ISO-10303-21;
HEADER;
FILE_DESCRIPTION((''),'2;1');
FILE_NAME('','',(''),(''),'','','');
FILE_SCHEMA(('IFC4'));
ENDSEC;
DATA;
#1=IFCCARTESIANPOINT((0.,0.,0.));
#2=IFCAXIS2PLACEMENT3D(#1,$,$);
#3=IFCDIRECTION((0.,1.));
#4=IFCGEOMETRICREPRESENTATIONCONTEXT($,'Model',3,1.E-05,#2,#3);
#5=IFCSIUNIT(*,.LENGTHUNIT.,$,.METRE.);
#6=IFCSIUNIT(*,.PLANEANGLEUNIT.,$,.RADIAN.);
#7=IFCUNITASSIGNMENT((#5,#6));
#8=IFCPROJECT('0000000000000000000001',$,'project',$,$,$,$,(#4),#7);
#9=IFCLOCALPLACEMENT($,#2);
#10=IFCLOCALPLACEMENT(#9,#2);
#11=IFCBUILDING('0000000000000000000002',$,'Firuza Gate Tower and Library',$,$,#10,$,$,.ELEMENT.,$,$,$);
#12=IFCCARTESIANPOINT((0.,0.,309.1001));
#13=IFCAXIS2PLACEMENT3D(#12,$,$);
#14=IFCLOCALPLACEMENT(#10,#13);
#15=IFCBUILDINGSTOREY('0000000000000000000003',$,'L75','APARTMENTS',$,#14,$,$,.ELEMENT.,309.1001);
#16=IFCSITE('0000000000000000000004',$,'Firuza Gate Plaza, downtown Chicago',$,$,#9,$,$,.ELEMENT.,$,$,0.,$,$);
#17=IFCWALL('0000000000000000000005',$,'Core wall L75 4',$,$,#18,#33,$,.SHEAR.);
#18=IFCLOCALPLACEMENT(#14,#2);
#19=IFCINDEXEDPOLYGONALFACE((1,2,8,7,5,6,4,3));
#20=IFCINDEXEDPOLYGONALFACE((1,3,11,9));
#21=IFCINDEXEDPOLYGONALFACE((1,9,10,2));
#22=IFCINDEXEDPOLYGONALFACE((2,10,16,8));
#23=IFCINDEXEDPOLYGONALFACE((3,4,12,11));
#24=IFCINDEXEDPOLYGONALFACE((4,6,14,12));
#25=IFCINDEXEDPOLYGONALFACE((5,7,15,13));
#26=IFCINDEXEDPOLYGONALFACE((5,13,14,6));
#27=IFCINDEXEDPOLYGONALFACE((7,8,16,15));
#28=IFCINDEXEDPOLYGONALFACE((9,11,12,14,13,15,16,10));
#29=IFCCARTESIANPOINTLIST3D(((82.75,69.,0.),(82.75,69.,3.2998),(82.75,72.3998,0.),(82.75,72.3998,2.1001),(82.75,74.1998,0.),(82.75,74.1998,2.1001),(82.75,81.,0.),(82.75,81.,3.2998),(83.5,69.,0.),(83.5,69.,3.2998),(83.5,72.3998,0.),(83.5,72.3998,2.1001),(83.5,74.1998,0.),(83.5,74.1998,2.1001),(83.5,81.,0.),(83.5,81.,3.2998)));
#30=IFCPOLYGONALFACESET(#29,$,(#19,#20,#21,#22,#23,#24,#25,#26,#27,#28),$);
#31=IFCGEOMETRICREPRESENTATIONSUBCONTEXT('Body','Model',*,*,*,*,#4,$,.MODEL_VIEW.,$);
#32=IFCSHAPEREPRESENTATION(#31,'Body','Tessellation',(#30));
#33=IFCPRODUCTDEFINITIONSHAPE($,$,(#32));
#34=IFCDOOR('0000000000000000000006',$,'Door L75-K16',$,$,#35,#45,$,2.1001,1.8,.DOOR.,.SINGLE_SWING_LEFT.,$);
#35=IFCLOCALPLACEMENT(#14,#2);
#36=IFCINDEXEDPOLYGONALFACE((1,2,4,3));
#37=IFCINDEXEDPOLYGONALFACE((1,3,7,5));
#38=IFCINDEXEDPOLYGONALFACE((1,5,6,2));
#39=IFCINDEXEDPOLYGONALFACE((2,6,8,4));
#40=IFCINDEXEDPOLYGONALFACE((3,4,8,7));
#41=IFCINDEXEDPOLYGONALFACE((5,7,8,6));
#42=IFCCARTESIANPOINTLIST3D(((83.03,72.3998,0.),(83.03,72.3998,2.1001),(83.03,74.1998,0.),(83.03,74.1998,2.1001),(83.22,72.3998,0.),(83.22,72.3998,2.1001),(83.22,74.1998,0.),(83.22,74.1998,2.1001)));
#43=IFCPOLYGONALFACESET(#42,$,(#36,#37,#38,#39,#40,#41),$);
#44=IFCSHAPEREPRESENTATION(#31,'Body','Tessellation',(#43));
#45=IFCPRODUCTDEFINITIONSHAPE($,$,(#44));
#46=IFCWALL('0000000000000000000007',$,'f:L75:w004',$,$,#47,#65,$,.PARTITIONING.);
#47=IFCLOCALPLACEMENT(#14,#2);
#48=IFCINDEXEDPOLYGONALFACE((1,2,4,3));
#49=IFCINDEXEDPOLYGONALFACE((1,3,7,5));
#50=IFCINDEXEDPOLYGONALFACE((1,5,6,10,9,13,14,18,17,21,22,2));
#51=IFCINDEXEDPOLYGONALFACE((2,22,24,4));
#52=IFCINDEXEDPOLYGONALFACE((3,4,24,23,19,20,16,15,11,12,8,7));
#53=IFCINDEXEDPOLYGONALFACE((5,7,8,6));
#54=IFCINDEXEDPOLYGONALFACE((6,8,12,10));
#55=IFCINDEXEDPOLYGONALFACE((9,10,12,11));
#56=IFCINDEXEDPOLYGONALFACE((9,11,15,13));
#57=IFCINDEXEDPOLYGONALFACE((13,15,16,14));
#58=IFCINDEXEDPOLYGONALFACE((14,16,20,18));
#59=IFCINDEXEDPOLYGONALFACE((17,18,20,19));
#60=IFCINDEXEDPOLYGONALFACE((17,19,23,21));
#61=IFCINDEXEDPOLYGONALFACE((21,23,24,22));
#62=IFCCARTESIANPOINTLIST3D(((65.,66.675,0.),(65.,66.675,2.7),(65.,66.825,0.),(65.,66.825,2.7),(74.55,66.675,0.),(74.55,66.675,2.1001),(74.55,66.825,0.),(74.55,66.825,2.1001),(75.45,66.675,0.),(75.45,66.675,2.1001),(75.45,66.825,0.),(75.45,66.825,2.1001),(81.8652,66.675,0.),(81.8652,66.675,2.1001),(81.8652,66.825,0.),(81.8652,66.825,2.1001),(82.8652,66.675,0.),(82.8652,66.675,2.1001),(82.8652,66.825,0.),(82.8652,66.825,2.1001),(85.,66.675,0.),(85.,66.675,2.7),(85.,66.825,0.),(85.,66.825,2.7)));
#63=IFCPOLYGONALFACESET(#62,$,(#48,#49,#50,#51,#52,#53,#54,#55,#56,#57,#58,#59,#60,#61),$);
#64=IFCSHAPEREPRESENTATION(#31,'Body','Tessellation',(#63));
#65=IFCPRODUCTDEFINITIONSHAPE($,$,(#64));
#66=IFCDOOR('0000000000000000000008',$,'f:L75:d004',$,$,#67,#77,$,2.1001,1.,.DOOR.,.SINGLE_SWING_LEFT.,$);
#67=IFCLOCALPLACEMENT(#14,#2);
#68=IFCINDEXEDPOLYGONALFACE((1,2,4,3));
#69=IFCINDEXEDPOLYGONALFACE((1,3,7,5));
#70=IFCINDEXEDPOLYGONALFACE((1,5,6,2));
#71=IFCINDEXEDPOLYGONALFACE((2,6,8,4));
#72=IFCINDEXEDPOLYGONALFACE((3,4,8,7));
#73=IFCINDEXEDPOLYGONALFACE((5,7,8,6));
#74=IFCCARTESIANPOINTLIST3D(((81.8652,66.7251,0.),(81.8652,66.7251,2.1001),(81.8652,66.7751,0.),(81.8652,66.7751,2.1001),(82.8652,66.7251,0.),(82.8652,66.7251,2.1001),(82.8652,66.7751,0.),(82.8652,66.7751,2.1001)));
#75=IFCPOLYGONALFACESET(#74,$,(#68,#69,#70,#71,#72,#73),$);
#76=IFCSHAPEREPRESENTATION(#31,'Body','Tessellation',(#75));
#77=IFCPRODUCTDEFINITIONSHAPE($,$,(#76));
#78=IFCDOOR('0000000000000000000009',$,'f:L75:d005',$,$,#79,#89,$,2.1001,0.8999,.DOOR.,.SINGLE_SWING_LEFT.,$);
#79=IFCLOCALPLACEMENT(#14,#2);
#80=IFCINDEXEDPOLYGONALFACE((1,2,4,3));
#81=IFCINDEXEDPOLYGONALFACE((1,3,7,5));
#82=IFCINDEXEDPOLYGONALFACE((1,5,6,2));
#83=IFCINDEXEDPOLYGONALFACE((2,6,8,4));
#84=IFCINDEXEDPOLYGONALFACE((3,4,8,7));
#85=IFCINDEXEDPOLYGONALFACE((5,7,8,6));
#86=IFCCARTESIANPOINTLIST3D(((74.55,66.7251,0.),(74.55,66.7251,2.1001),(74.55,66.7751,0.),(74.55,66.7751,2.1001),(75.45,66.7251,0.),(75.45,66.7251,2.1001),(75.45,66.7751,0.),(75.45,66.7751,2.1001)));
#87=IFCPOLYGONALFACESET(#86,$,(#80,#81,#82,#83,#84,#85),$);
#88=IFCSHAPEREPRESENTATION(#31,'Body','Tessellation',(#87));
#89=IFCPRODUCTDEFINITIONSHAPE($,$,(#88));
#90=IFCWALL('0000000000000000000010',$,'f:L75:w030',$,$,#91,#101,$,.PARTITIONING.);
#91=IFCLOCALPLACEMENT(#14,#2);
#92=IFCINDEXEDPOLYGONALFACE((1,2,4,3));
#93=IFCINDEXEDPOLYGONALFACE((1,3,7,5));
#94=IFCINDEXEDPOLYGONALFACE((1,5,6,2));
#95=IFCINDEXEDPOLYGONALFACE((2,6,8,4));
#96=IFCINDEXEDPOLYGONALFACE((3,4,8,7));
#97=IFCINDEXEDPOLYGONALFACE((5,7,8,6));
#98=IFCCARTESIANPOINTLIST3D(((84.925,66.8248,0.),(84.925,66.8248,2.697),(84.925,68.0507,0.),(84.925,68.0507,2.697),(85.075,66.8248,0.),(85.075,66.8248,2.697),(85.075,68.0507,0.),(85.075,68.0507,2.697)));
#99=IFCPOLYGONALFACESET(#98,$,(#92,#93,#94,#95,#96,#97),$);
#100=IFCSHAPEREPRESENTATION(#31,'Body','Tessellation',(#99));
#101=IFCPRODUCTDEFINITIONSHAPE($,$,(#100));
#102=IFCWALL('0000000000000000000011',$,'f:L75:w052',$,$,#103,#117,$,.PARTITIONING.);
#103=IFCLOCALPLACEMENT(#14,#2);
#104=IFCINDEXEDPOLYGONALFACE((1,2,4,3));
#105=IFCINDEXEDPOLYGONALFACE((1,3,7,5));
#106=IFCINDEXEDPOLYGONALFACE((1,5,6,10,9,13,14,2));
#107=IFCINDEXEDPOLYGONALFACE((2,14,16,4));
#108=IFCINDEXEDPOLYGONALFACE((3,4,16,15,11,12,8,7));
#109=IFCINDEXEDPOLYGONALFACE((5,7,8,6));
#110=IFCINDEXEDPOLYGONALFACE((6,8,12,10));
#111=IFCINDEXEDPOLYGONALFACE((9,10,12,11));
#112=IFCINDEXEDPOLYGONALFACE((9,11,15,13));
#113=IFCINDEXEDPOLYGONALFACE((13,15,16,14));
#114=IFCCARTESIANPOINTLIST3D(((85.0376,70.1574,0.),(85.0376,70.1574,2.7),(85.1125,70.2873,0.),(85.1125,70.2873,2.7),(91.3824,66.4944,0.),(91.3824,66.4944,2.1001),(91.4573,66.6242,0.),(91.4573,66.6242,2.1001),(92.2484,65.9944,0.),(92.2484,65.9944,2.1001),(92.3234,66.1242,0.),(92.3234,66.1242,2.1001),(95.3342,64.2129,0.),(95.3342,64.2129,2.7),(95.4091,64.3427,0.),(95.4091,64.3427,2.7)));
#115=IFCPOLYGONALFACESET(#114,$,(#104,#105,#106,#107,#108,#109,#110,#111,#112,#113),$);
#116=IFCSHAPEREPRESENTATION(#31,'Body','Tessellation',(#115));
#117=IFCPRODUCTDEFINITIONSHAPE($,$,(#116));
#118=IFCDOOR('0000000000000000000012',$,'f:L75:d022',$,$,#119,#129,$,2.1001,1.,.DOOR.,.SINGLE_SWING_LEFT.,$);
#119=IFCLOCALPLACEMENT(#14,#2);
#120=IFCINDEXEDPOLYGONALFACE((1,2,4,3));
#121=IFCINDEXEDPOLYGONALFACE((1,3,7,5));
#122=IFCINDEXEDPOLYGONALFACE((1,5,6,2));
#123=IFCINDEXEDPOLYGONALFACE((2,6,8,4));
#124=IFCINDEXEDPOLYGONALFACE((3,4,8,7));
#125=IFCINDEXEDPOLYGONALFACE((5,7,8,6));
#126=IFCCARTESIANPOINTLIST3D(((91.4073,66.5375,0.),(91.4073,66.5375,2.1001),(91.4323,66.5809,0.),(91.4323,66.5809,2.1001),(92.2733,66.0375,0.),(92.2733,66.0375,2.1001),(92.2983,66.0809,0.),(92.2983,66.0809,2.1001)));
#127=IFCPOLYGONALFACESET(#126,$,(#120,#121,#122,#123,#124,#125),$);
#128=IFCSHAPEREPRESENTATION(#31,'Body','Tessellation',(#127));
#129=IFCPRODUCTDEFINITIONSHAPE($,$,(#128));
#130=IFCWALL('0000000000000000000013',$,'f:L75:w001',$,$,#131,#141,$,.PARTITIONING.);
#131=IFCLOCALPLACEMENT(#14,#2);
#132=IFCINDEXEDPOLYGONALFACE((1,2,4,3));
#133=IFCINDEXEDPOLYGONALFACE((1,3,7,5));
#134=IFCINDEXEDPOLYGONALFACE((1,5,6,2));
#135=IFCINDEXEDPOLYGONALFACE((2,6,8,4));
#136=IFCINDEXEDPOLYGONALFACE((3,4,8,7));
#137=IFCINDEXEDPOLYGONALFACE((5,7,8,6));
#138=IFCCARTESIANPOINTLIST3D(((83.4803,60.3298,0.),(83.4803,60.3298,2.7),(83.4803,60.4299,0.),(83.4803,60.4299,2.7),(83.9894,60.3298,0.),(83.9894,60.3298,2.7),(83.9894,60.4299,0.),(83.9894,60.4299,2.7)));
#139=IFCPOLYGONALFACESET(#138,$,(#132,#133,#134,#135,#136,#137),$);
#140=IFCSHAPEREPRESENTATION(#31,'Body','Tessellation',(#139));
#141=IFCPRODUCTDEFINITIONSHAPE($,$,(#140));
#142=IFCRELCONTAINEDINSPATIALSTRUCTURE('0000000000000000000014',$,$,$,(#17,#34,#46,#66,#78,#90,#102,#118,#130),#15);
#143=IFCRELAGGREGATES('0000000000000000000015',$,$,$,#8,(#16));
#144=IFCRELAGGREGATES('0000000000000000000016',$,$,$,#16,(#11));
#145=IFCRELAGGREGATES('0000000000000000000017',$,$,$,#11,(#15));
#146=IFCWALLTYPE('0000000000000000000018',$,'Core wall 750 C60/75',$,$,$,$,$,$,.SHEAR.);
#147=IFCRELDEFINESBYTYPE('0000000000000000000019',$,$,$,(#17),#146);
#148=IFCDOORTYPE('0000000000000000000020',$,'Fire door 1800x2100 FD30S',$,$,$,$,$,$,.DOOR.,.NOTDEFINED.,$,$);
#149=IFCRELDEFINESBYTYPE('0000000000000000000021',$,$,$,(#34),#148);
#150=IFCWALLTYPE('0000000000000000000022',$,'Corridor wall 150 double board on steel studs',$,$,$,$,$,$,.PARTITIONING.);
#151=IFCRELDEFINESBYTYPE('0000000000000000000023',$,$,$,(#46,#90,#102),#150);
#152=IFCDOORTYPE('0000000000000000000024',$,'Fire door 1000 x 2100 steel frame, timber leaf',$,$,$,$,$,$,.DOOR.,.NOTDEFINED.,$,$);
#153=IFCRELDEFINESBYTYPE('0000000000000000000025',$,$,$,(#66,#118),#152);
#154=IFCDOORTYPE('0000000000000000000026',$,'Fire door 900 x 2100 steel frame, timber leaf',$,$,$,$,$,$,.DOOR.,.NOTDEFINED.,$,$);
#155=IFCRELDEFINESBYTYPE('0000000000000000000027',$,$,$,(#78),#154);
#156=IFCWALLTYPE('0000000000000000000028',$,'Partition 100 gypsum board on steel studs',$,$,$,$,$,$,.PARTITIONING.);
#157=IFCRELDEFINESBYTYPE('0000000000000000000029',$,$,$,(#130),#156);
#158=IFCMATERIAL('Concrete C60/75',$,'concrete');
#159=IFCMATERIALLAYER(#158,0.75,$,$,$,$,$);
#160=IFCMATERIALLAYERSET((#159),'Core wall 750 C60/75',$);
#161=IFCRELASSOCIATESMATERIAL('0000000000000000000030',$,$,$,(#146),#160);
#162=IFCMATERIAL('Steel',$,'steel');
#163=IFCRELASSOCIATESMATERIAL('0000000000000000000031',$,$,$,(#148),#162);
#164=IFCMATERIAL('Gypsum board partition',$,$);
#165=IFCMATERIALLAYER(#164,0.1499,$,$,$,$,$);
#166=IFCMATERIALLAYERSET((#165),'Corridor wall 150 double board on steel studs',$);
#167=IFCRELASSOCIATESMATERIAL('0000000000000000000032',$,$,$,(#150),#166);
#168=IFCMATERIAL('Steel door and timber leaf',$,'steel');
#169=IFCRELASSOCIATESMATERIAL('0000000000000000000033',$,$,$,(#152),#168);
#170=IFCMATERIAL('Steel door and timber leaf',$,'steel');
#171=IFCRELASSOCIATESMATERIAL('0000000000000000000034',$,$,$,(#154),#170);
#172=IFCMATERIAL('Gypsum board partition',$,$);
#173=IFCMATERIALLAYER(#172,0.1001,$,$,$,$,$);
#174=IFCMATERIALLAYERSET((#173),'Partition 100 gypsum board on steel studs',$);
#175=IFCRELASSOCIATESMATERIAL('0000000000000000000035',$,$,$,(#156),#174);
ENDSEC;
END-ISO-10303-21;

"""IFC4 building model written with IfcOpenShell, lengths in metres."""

from ifc_helpers import new_model, si_unit, direction, frame, frame_2d, origin, place, context, subcontext, project, spatial, rectangle, extrude, material, layer, layer_set, type_object, element, fill, save


model = new_model("IFC4")

# Units and contexts
model_context = context("Model", 3, precision=1e-05, world=origin(), true_north=direction((0.0, 1.0)))
body_context = subcontext(model_context, "Body", "Model", "MODEL_VIEW")
ifc_project = project(units=[si_unit("LENGTHUNIT", "METRE"), si_unit("PLANEANGLEUNIT", "RADIAN")], contexts=[model_context])

# Site, building, storey
site_placement = place(None, origin())
site = spatial("IfcSite", under=ifc_project, at=site_placement, Name="Firuza Gate Plaza, downtown Chicago", CompositionType="ELEMENT", RefElevation=0.0)
building_placement = place(site_placement, origin())
building = spatial("IfcBuilding", under=site, at=building_placement, Name="Firuza Gate Tower and Library", CompositionType="ELEMENT")
storey_placement = place(building_placement, frame((0.0, 0.0, 309.1001)))
storey = spatial("IfcBuildingStorey", under=building, at=storey_placement, Name="L75", Description="APARTMENTS", CompositionType="ELEMENT", Elevation=309.1001)

# Wall, opening, door
ifc_material_1 = material(Name="Concrete C60/75", Category="concrete")
ifc_layer_1 = layer(ifc_material_1, 0.75)
ifc_layer_set_1 = layer_set([ifc_layer_1], Name="Core wall 750 C60/75")
wall_type_1 = type_object("IfcWallType", Name="Core wall 750 C60/75", PredefinedType="SHEAR", material=ifc_layer_set_1)
wall_1_placement = place(storey_placement, frame((83.125, 69.0, 0.0), z_axis=(0.0, 0.0, 1.0), x_axis=(0.0, 1.0, 0.0)))
wall_1 = element("IfcWall", 1, at=wall_1_placement, inside=storey, type_object=wall_type_1, Name="Core wall L75 4", PredefinedType="SHEAR", context=body_context, shape_type="SweptSolid", body=[
    extrude(rectangle(XDim=12.0, YDim=0.75, at=frame_2d((6.0, 0.0))), origin(), (0.0, 0.0, 1.0), 3.2998),
])
opening_1_placement = place(wall_1_placement, frame((3.3999, 0.0, 0.0)))
opening_1 = element("IfcOpeningElement", 2, at=opening_1_placement, cuts=wall_1, PredefinedType="OPENING", context=body_context, shape_type="SweptSolid", body=[
    extrude(rectangle(XDim=1.8, YDim=2.1001, at=frame_2d((0.8999, 1.05))), frame((0.0, 0.385, 0.0), z_axis=(0.0, -1.0, 0.0), x_axis=(1.0, 0.0, 0.0)), (0.0, 0.0, 1.0), 0.77),
])
ifc_material_2 = material(Name="Steel", Category="steel")
door_type_1 = type_object("IfcDoorType", Name="Fire door 1800x2100 FD30S", OperationType="NOTDEFINED", PredefinedType="DOOR", material=ifc_material_2)
door_1_placement = place(opening_1_placement, origin())
door_1 = element("IfcDoor", 3, at=door_1_placement, inside=storey, type_object=door_type_1, Name="Door L75-K16", OperationType="SINGLE_SWING_LEFT", OverallHeight=2.1001, OverallWidth=1.8, PredefinedType="DOOR", context=body_context, shape_type="SweptSolid", body=[
    extrude(rectangle(XDim=1.8, YDim=2.1001, at=frame_2d((0.8999, 1.05))), frame((0.0, 0.095, 0.0), z_axis=(0.0, -1.0, 0.0), x_axis=(1.0, 0.0, 0.0)), (0.0, 0.0, 1.0), 0.1899),
])
fill(opening_1, door_1)

# Wall, openings, doors
ifc_material_3 = material(Name="Gypsum board partition")
ifc_layer_2 = layer(ifc_material_3, 0.1499)
ifc_layer_set_2 = layer_set([ifc_layer_2], Name="Corridor wall 150 double board on steel studs")
wall_type_2 = type_object("IfcWallType", Name="Corridor wall 150 double board on steel studs", PredefinedType="PARTITIONING", material=ifc_layer_set_2)
wall_2_placement = place(storey_placement, frame((85.0, 66.75, 0.0), z_axis=(0.0, 0.0, 1.0), x_axis=(-1.0, 0.0, 0.0)))
wall_2 = element("IfcWall", 4, at=wall_2_placement, inside=storey, type_object=wall_type_2, Name="f:L75:w004", PredefinedType="PARTITIONING", context=body_context, shape_type="SweptSolid", body=[
    extrude(rectangle(XDim=20.0, YDim=0.1499, at=frame_2d((10.0, 0.0))), origin(), (0.0, 0.0, 1.0), 2.7),
])
opening_2_placement = place(wall_2_placement, frame((2.1348, 0.0, 0.0)))
opening_2 = element("IfcOpeningElement", 5, at=opening_2_placement, cuts=wall_2, PredefinedType="OPENING", context=body_context, shape_type="SweptSolid", body=[
    extrude(rectangle(XDim=1.0, YDim=2.1001, at=frame_2d((0.5, 1.05))), frame((0.0, 0.085, 0.0), z_axis=(0.0, -1.0, 0.0), x_axis=(1.0, 0.0, 0.0)), (0.0, 0.0, 1.0), 0.1699),
])
opening_3_placement = place(wall_2_placement, frame((9.55, 0.0, 0.0)))
opening_3 = element("IfcOpeningElement", 6, at=opening_3_placement, cuts=wall_2, PredefinedType="OPENING", context=body_context, shape_type="SweptSolid", body=[
    extrude(rectangle(XDim=0.8999, YDim=2.1001, at=frame_2d((0.45, 1.05))), frame((0.0, 0.085, 0.0), z_axis=(0.0, -1.0, 0.0), x_axis=(1.0, 0.0, 0.0)), (0.0, 0.0, 1.0), 0.1699),
])
ifc_material_4 = material(Name="Steel door and timber leaf", Category="steel")
door_type_2 = type_object("IfcDoorType", Name="Fire door 1000 x 2100 steel frame, timber leaf", OperationType="NOTDEFINED", PredefinedType="DOOR", material=ifc_material_4)
door_2_placement = place(opening_2_placement, origin())
door_2 = element("IfcDoor", 7, at=door_2_placement, inside=storey, type_object=door_type_2, Name="f:L75:d004", OperationType="SINGLE_SWING_LEFT", OverallHeight=2.1001, OverallWidth=1.0, PredefinedType="DOOR", context=body_context, shape_type="SweptSolid", body=[
    extrude(rectangle(XDim=1.0, YDim=2.1001, at=frame_2d((0.5, 1.05))), frame((0.0, 0.0249, 0.0), z_axis=(0.0, -1.0, 0.0), x_axis=(1.0, 0.0, 0.0)), (0.0, 0.0, 1.0), 0.05),
])
fill(opening_2, door_2)
ifc_material_5 = material(Name="Steel door and timber leaf", Category="steel")
door_type_3 = type_object("IfcDoorType", Name="Fire door 900 x 2100 steel frame, timber leaf", OperationType="NOTDEFINED", PredefinedType="DOOR", material=ifc_material_5)
door_3_placement = place(opening_3_placement, origin())
door_3 = element("IfcDoor", 8, at=door_3_placement, inside=storey, type_object=door_type_3, Name="f:L75:d005", OperationType="SINGLE_SWING_LEFT", OverallHeight=2.1001, OverallWidth=0.8999, PredefinedType="DOOR", context=body_context, shape_type="SweptSolid", body=[
    extrude(rectangle(XDim=0.8999, YDim=2.1001, at=frame_2d((0.45, 1.05))), frame((0.0, 0.0249, 0.0), z_axis=(0.0, -1.0, 0.0), x_axis=(1.0, 0.0, 0.0)), (0.0, 0.0, 1.0), 0.05),
])
fill(opening_3, door_3)

# Wall
wall_3_placement = place(storey_placement, frame((85.0, 66.825, 0.0), z_axis=(0.0, 0.0, 1.0), x_axis=(0.0, 1.0, 0.0)))
element("IfcWall", 9, at=wall_3_placement, inside=storey, type_object=wall_type_2, Name="f:L75:w030", PredefinedType="PARTITIONING", context=body_context, shape_type="SweptSolid", body=[
    extrude(rectangle(XDim=1.2258, YDim=0.1499, at=frame_2d((0.6128, 0.0))), origin(), (0.0, 0.0, 1.0), 2.697),
])

# Wall, opening, door
wall_4_placement = place(storey_placement, frame((85.075, 70.2224, 0.0), z_axis=(0.0, 0.0, 1.0), x_axis=(0.866032, -0.499988, 0.0)))
wall_4 = element("IfcWall", 10, at=wall_4_placement, inside=storey, type_object=wall_type_2, Name="f:L75:w052", PredefinedType="PARTITIONING", context=body_context, shape_type="SweptSolid", body=[
    extrude(rectangle(XDim=11.8894, YDim=0.1499, at=frame_2d((5.9448, 0.0))), origin(), (0.0, 0.0, 1.0), 2.7),
])
opening_4_placement = place(wall_4_placement, frame((7.3264, 0.0, 0.0)))
opening_4 = element("IfcOpeningElement", 11, at=opening_4_placement, cuts=wall_4, PredefinedType="OPENING", context=body_context, shape_type="SweptSolid", body=[
    extrude(rectangle(XDim=1.0, YDim=2.1001, at=frame_2d((0.5, 1.05))), frame((0.0, 0.085, 0.0), z_axis=(0.0, -1.0, 0.0), x_axis=(1.0, 0.0, 0.0)), (0.0, 0.0, 1.0), 0.1699),
])
door_4_placement = place(opening_4_placement, origin())
door_4 = element("IfcDoor", 12, at=door_4_placement, inside=storey, type_object=door_type_2, Name="f:L75:d022", OperationType="SINGLE_SWING_LEFT", OverallHeight=2.1001, OverallWidth=1.0, PredefinedType="DOOR", context=body_context, shape_type="SweptSolid", body=[
    extrude(rectangle(XDim=1.0, YDim=2.1001, at=frame_2d((0.5, 1.05))), frame((0.0, 0.0249, 0.0), z_axis=(0.0, -1.0, 0.0), x_axis=(1.0, 0.0, 0.0)), (0.0, 0.0, 1.0), 0.05),
])
fill(opening_4, door_4)

# Wall
ifc_material_6 = material(Name="Gypsum board partition")
ifc_layer_3 = layer(ifc_material_6, 0.1001)
ifc_layer_set_3 = layer_set([ifc_layer_3], Name="Partition 100 gypsum board on steel studs")
wall_type_3 = type_object("IfcWallType", Name="Partition 100 gypsum board on steel studs", PredefinedType="PARTITIONING", material=ifc_layer_set_3)
wall_5_placement = place(storey_placement, frame((83.4805, 60.3799, 0.0), z_axis=(0.0, 0.0, 1.0), x_axis=(1.0, 0.0, 0.0)))
element("IfcWall", 13, at=wall_5_placement, inside=storey, type_object=wall_type_3, Name="f:L75:w001", PredefinedType="PARTITIONING", context=body_context, shape_type="SweptSolid", body=[
    extrude(rectangle(XDim=0.509, YDim=0.1001, at=frame_2d((0.2544, 0.0))), origin(), (0.0, 0.0, 1.0), 2.7),
])

save(model, "model.ifc")
